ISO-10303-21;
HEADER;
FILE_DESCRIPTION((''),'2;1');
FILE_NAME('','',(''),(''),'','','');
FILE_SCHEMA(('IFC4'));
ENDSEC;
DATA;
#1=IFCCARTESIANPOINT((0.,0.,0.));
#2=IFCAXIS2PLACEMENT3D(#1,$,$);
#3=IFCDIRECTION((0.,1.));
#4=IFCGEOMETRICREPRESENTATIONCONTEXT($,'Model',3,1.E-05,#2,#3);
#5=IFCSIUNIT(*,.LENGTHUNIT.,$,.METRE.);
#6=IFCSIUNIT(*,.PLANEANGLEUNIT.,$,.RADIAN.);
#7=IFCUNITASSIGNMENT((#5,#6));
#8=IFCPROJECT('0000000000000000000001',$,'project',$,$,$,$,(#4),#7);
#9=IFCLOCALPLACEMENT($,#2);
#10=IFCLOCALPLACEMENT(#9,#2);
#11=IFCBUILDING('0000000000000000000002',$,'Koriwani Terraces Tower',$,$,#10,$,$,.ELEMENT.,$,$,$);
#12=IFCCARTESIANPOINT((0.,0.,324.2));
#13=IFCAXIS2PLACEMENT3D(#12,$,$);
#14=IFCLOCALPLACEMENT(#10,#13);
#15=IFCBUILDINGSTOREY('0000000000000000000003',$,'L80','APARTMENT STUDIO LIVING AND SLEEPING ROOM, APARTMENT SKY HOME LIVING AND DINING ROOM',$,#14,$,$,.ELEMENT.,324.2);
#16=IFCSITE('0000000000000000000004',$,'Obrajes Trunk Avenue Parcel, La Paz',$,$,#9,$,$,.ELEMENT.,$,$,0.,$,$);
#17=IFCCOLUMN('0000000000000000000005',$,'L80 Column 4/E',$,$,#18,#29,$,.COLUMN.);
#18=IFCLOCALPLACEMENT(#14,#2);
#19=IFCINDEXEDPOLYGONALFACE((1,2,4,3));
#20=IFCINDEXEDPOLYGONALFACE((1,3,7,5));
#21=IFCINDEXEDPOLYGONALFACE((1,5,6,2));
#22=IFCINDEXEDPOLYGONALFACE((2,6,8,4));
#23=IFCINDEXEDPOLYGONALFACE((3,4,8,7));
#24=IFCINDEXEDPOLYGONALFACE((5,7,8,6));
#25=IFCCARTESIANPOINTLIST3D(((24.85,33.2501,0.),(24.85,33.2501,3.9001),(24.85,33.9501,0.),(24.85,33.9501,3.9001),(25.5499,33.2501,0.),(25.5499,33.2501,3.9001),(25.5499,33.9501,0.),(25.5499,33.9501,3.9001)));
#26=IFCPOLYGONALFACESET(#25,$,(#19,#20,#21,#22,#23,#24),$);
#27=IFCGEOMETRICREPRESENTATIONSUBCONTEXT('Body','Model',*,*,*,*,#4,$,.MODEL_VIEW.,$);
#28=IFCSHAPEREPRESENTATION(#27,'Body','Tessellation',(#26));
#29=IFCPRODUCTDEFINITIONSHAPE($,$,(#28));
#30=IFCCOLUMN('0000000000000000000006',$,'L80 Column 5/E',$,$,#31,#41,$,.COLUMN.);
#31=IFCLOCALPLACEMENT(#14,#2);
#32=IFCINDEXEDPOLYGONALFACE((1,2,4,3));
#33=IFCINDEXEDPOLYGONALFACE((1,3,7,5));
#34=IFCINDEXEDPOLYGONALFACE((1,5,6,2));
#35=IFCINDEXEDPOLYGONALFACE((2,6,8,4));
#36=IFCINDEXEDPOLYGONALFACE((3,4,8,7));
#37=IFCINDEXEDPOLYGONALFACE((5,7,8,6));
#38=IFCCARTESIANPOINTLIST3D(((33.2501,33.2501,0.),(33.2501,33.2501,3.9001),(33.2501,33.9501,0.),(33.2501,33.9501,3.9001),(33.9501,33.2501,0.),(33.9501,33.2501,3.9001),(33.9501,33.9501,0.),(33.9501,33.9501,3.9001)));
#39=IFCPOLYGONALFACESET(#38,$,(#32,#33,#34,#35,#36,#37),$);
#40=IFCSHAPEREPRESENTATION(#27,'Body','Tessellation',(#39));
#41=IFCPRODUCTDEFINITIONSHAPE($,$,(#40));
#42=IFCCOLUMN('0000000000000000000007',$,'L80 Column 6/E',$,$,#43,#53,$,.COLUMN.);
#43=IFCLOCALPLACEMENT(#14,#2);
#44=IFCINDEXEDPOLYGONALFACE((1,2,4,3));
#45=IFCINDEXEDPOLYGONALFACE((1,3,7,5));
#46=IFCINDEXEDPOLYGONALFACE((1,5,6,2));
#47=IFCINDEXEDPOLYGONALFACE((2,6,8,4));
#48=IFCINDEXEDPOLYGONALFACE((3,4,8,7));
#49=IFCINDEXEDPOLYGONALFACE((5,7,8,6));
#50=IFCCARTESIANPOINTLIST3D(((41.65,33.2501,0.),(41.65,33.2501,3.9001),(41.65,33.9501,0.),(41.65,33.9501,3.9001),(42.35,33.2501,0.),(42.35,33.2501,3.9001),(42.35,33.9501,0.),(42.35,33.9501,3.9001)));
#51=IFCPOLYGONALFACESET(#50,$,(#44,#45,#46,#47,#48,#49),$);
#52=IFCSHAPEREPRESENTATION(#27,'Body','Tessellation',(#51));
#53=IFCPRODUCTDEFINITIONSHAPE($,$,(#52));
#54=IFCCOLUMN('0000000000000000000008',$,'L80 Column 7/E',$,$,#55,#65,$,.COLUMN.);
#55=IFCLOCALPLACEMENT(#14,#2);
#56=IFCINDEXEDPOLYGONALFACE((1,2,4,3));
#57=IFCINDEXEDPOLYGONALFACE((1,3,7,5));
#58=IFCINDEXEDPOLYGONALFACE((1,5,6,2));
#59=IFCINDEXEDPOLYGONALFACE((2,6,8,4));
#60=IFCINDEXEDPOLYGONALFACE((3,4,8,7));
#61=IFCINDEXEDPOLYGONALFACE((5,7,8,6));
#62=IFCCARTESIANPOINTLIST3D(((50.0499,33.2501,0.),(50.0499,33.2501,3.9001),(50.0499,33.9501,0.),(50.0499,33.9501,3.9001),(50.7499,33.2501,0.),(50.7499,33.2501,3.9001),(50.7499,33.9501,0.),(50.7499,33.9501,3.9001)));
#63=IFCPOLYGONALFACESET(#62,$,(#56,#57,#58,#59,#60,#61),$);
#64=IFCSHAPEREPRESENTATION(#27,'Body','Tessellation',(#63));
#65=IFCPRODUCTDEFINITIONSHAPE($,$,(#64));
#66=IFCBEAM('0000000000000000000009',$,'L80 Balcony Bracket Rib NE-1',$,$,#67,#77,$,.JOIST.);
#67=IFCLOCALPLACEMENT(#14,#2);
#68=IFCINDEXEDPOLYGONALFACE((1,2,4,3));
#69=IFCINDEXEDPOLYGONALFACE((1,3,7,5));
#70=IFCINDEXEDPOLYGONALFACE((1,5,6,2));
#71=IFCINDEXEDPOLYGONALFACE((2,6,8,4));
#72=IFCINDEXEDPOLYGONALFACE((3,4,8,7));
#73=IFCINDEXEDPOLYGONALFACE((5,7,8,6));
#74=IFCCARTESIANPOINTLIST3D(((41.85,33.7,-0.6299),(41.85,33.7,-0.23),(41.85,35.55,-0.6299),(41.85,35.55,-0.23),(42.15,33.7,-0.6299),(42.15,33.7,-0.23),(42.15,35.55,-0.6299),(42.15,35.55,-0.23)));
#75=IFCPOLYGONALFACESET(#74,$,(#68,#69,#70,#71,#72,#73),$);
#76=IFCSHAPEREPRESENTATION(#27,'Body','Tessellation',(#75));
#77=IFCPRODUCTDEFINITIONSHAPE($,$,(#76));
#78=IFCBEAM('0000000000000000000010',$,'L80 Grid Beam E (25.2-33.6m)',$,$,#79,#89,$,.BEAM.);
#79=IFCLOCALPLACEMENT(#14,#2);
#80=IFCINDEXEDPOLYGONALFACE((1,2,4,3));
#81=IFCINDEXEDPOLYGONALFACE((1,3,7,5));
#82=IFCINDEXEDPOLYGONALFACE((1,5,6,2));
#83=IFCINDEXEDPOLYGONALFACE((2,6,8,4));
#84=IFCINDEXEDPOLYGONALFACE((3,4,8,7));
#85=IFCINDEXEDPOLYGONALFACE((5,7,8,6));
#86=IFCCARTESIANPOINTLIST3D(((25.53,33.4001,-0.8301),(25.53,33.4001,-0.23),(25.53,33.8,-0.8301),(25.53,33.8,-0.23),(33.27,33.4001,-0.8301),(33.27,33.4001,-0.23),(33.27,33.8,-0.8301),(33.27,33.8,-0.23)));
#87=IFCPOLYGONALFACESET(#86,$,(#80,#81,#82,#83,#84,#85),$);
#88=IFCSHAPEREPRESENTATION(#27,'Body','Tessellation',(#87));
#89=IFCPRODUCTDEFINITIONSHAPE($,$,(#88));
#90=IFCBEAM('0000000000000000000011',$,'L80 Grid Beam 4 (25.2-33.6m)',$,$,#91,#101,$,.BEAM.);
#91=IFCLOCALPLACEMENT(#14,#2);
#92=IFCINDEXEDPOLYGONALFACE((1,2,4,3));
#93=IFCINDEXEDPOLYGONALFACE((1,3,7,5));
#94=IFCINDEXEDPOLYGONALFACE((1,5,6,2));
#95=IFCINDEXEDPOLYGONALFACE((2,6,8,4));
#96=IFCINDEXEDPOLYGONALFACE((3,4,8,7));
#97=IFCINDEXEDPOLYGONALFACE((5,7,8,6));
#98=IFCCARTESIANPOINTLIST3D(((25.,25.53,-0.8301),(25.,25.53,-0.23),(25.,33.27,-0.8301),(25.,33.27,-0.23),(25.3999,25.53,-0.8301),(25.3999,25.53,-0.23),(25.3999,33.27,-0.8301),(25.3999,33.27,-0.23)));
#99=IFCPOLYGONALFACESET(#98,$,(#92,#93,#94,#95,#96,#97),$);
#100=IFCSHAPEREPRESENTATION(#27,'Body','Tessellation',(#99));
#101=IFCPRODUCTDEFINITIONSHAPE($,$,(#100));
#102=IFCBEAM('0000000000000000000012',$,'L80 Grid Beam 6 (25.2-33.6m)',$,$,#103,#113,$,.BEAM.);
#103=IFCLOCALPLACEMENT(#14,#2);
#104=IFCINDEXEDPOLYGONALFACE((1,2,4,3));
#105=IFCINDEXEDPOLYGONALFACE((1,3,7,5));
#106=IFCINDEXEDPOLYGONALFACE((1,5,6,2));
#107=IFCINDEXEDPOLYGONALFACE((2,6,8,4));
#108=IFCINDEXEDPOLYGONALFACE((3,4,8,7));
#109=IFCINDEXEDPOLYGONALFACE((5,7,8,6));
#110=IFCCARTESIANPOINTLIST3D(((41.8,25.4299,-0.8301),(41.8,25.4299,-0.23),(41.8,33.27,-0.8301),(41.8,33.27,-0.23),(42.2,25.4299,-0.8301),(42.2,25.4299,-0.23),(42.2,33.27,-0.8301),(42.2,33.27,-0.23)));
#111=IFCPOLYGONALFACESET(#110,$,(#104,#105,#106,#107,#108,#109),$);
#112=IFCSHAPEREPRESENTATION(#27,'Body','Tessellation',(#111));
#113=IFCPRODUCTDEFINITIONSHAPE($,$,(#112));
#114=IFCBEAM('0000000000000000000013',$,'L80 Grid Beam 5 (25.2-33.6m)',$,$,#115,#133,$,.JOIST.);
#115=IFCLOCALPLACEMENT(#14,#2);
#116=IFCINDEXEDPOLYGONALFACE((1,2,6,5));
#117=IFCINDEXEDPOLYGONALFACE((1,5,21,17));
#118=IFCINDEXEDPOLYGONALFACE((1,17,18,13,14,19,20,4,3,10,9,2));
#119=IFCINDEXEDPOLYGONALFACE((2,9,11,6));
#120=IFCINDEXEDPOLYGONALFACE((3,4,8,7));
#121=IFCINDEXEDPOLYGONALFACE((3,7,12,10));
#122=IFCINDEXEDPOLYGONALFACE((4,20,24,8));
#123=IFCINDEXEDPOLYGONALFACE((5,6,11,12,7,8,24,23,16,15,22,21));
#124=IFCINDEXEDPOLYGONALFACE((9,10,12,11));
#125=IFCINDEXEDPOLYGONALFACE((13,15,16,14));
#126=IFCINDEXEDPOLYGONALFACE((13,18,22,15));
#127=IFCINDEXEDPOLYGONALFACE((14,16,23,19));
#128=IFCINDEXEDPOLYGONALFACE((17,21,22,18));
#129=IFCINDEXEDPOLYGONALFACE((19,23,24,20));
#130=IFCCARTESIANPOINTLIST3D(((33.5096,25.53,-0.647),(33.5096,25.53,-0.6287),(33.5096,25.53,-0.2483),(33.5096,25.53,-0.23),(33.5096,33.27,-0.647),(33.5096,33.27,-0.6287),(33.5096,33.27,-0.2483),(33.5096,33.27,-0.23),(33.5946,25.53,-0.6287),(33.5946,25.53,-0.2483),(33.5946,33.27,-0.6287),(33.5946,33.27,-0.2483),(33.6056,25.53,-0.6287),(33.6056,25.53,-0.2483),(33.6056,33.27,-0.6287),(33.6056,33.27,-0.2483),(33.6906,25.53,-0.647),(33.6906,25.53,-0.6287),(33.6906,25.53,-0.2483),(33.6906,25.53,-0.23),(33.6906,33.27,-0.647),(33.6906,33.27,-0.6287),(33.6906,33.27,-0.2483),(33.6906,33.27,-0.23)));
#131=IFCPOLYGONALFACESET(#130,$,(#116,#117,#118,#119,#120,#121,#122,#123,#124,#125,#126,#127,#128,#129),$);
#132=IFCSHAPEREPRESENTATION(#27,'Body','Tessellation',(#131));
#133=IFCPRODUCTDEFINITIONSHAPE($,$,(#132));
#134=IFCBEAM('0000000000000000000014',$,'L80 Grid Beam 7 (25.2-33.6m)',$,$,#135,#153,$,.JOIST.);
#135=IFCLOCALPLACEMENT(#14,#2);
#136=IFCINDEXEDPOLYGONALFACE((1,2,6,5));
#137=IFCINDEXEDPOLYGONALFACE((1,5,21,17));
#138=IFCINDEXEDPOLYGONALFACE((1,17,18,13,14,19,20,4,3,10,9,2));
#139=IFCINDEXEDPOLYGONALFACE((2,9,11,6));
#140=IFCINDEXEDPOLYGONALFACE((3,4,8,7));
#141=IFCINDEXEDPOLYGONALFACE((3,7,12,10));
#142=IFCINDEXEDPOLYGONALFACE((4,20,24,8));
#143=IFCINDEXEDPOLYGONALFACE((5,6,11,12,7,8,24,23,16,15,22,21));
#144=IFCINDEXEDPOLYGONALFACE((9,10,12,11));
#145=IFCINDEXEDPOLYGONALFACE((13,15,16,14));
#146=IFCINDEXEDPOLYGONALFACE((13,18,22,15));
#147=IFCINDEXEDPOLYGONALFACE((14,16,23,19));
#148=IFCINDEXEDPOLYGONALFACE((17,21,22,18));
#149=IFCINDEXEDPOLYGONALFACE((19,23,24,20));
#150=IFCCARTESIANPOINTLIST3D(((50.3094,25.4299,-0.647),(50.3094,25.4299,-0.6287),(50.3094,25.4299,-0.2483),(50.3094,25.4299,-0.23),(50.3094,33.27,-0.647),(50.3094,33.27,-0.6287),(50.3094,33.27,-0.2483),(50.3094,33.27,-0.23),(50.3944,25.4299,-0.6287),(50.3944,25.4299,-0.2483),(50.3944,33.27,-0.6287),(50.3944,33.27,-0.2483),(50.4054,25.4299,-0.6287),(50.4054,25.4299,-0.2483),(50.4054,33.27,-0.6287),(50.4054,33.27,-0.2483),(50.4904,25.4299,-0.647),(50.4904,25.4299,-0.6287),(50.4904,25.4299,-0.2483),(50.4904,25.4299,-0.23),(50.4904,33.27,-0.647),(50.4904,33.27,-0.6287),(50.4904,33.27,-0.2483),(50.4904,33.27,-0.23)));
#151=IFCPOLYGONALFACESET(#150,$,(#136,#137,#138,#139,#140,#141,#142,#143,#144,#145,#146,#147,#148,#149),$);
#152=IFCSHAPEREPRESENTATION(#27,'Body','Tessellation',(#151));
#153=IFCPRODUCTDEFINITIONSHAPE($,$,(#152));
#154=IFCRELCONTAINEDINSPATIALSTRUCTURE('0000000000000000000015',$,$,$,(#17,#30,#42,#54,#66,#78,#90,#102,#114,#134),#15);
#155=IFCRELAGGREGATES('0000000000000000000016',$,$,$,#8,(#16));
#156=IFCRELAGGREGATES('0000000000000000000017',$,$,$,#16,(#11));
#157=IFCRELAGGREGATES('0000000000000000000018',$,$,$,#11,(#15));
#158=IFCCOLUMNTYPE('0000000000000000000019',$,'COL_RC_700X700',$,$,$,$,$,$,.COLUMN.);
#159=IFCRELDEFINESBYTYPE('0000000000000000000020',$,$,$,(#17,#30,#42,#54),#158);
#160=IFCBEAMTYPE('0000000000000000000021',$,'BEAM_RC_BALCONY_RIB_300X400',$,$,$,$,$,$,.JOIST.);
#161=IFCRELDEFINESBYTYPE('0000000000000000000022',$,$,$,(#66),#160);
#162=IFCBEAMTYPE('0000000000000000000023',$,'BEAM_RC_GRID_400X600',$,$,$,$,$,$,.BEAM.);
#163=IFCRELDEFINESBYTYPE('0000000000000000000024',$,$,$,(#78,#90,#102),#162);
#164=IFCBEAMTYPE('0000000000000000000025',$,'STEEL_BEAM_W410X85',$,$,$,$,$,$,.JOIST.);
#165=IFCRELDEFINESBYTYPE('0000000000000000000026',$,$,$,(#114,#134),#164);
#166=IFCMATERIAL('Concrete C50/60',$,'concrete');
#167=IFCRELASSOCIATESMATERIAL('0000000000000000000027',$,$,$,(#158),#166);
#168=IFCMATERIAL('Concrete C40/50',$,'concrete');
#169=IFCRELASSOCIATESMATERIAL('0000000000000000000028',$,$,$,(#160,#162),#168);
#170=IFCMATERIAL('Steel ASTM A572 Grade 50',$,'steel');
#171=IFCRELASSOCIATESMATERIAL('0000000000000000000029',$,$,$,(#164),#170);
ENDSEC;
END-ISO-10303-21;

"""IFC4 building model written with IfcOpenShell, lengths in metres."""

from ifc_helpers import new_model, si_unit, direction, frame, origin, origin_2d, place, context, subcontext, project, spatial, rectangle, i_section, extrude, material, material_profile, profile_set, type_object, element, save


model = new_model("IFC4")

# Units and contexts
model_context = context("Model", 3, precision=1e-05, world=origin(), true_north=direction((0.0, 1.0)))
body_context = subcontext(model_context, "Body", "Model", "MODEL_VIEW")
ifc_project = project(units=[si_unit("LENGTHUNIT", "METRE"), si_unit("PLANEANGLEUNIT", "RADIAN")], contexts=[model_context])

# Site, building, storey
site_placement = place(None, origin())
site = spatial("IfcSite", under=ifc_project, at=site_placement, Name="Obrajes Trunk Avenue Parcel, La Paz", CompositionType="ELEMENT", RefElevation=0.0)
building_placement = place(site_placement, origin())
building = spatial("IfcBuilding", under=site, at=building_placement, Name="Koriwani Terraces Tower", CompositionType="ELEMENT")
storey_placement = place(building_placement, frame((0.0, 0.0, 324.2)))
storey = spatial("IfcBuildingStorey", under=building, at=storey_placement, Name="L80", Description="APARTMENT STUDIO LIVING AND SLEEPING ROOM, APARTMENT SKY HOME LIVING AND DINING ROOM", CompositionType="ELEMENT", Elevation=324.2)

# Columns
ifc_material_1 = material(Name="Concrete C50/60", Category="concrete")
ifc_material_profile_1 = material_profile(ifc_material_1, rectangle(XDim=0.7, YDim=0.7, at=origin_2d()), Name="Concrete C50/60", Category="LoadBearing")
ifc_profile_set_1 = profile_set([ifc_material_profile_1], Name="Concrete C50/60")
column_type = type_object("IfcColumnType", Name="COL_RC_700X700", PredefinedType="COLUMN", material=ifc_profile_set_1)
for number, where, z_axis, x_axis, name in (
    (1, (25.2, 33.6001, 0.0), (0.0, 0.0, 1.0), (1.0, 0.0, 0.0), "L80 Column 4/E"),
    (2, (33.6001, 33.6001, 0.0), (0.0, 0.0, 1.0), (1.0, 0.0, 0.0), "L80 Column 5/E"),
    (3, (42.0, 33.6001, 0.0), (0.0, 0.0, 1.0), (1.0, 0.0, 0.0), "L80 Column 6/E"),
    (4, (50.3999, 33.6001, 0.0), (0.0, 0.0, 1.0), (1.0, 0.0, 0.0), "L80 Column 7/E"),
):
    element("IfcColumn", number, at=place(storey_placement, frame(where, z_axis=z_axis, x_axis=x_axis)), inside=storey, type_object=column_type, Name=name, PredefinedType="COLUMN", context=body_context, shape_type="SweptSolid", body=[
        extrude(rectangle(XDim=0.7, YDim=0.7, at=origin_2d()), origin(), (0.0, 0.0, 1.0), 3.9001),
    ])

# Beams
ifc_material_2 = material(Name="Concrete C40/50", Category="concrete")
ifc_material_profile_2 = material_profile(ifc_material_2, rectangle(XDim=0.3, YDim=0.3999, at=origin_2d()), Name="Concrete C40/50", Category="LoadBearing")
ifc_profile_set_2 = profile_set([ifc_material_profile_2], Name="Concrete C40/50")
beam_type_1 = type_object("IfcBeamType", Name="BEAM_RC_BALCONY_RIB_300X400", PredefinedType="JOIST", material=ifc_profile_set_2)
beam_1_placement = place(storey_placement, frame((42.0, 33.7, -0.4299), z_axis=(0.0, 1.0, 0.0), x_axis=(-1.0, 0.0, 0.0)))
element("IfcBeam", 5, at=beam_1_placement, inside=storey, type_object=beam_type_1, Name="L80 Balcony Bracket Rib NE-1", PredefinedType="JOIST", context=body_context, shape_type="SweptSolid", body=[
    extrude(rectangle(XDim=0.3, YDim=0.3999, at=origin_2d()), origin(), (0.0, 0.0, 1.0), 1.8501),
])
ifc_material_profile_3 = material_profile(ifc_material_2, rectangle(XDim=0.3999, YDim=0.6001, at=origin_2d()), Name="Concrete C40/50", Category="LoadBearing")
ifc_profile_set_3 = profile_set([ifc_material_profile_3], Name="Concrete C40/50")
beam_type_2 = type_object("IfcBeamType", Name="BEAM_RC_GRID_400X600", PredefinedType="BEAM", material=ifc_profile_set_3)
for number, where, z_axis, x_axis, name in (
    (6, (25.53, 33.6001, -0.53), (1.0, 0.0, 0.0), (0.0, 1.0, 0.0), "L80 Grid Beam E (25.2-33.6m)"),
    (7, (25.2, 25.53, -0.53), (0.0, 1.0, 0.0), (-1.0, 0.0, 0.0), "L80 Grid Beam 4 (25.2-33.6m)"),
):
    element("IfcBeam", number, at=place(storey_placement, frame(where, z_axis=z_axis, x_axis=x_axis)), inside=storey, type_object=beam_type_2, Name=name, PredefinedType="BEAM", context=body_context, shape_type="SweptSolid", body=[
        extrude(rectangle(XDim=0.3999, YDim=0.6001, at=origin_2d()), origin(), (0.0, 0.0, 1.0), 7.74),
    ])
beam_2_placement = place(storey_placement, frame((42.0, 25.4299, -0.53), z_axis=(0.0, 1.0, 0.0), x_axis=(-1.0, 0.0, 0.0)))
element("IfcBeam", 8, at=beam_2_placement, inside=storey, type_object=beam_type_2, Name="L80 Grid Beam 6 (25.2-33.6m)", PredefinedType="BEAM", context=body_context, shape_type="SweptSolid", body=[
    extrude(rectangle(XDim=0.3999, YDim=0.6001, at=origin_2d()), origin(), (0.0, 0.0, 1.0), 7.8401),
])
ifc_material_3 = material(Name="Steel ASTM A572 Grade 50", Category="steel")
ifc_material_profile_4 = material_profile(ifc_material_3, i_section(OverallWidth=0.1809, OverallDepth=0.417, WebThickness=0.011, FlangeThickness=0.0183, at=origin_2d()), Name="Steel ASTM A572 Grade 50", Category="LoadBearing")
ifc_profile_set_4 = profile_set([ifc_material_profile_4], Name="Steel ASTM A572 Grade 50")
beam_type_3 = type_object("IfcBeamType", Name="STEEL_BEAM_W410X85", PredefinedType="JOIST", material=ifc_profile_set_4)
beam_3_placement = place(storey_placement, frame((33.6001, 25.53, -0.4385), z_axis=(0.0, 1.0, 0.0), x_axis=(-1.0, 0.0, 0.0)))
element("IfcBeam", 9, at=beam_3_placement, inside=storey, type_object=beam_type_3, Name="L80 Grid Beam 5 (25.2-33.6m)", PredefinedType="JOIST", context=body_context, shape_type="SweptSolid", body=[
    extrude(i_section(OverallWidth=0.1809, OverallDepth=0.417, WebThickness=0.011, FlangeThickness=0.0183, at=origin_2d()), origin(), (0.0, 0.0, 1.0), 7.74),
])
beam_4_placement = place(storey_placement, frame((50.3999, 25.4299, -0.4385), z_axis=(0.0, 1.0, 0.0), x_axis=(-1.0, 0.0, 0.0)))
element("IfcBeam", 10, at=beam_4_placement, inside=storey, type_object=beam_type_3, Name="L80 Grid Beam 7 (25.2-33.6m)", PredefinedType="JOIST", context=body_context, shape_type="SweptSolid", body=[
    extrude(i_section(OverallWidth=0.1809, OverallDepth=0.417, WebThickness=0.011, FlangeThickness=0.0183, at=origin_2d()), origin(), (0.0, 0.0, 1.0), 7.8401),
])

save(model, "model.ifc")
